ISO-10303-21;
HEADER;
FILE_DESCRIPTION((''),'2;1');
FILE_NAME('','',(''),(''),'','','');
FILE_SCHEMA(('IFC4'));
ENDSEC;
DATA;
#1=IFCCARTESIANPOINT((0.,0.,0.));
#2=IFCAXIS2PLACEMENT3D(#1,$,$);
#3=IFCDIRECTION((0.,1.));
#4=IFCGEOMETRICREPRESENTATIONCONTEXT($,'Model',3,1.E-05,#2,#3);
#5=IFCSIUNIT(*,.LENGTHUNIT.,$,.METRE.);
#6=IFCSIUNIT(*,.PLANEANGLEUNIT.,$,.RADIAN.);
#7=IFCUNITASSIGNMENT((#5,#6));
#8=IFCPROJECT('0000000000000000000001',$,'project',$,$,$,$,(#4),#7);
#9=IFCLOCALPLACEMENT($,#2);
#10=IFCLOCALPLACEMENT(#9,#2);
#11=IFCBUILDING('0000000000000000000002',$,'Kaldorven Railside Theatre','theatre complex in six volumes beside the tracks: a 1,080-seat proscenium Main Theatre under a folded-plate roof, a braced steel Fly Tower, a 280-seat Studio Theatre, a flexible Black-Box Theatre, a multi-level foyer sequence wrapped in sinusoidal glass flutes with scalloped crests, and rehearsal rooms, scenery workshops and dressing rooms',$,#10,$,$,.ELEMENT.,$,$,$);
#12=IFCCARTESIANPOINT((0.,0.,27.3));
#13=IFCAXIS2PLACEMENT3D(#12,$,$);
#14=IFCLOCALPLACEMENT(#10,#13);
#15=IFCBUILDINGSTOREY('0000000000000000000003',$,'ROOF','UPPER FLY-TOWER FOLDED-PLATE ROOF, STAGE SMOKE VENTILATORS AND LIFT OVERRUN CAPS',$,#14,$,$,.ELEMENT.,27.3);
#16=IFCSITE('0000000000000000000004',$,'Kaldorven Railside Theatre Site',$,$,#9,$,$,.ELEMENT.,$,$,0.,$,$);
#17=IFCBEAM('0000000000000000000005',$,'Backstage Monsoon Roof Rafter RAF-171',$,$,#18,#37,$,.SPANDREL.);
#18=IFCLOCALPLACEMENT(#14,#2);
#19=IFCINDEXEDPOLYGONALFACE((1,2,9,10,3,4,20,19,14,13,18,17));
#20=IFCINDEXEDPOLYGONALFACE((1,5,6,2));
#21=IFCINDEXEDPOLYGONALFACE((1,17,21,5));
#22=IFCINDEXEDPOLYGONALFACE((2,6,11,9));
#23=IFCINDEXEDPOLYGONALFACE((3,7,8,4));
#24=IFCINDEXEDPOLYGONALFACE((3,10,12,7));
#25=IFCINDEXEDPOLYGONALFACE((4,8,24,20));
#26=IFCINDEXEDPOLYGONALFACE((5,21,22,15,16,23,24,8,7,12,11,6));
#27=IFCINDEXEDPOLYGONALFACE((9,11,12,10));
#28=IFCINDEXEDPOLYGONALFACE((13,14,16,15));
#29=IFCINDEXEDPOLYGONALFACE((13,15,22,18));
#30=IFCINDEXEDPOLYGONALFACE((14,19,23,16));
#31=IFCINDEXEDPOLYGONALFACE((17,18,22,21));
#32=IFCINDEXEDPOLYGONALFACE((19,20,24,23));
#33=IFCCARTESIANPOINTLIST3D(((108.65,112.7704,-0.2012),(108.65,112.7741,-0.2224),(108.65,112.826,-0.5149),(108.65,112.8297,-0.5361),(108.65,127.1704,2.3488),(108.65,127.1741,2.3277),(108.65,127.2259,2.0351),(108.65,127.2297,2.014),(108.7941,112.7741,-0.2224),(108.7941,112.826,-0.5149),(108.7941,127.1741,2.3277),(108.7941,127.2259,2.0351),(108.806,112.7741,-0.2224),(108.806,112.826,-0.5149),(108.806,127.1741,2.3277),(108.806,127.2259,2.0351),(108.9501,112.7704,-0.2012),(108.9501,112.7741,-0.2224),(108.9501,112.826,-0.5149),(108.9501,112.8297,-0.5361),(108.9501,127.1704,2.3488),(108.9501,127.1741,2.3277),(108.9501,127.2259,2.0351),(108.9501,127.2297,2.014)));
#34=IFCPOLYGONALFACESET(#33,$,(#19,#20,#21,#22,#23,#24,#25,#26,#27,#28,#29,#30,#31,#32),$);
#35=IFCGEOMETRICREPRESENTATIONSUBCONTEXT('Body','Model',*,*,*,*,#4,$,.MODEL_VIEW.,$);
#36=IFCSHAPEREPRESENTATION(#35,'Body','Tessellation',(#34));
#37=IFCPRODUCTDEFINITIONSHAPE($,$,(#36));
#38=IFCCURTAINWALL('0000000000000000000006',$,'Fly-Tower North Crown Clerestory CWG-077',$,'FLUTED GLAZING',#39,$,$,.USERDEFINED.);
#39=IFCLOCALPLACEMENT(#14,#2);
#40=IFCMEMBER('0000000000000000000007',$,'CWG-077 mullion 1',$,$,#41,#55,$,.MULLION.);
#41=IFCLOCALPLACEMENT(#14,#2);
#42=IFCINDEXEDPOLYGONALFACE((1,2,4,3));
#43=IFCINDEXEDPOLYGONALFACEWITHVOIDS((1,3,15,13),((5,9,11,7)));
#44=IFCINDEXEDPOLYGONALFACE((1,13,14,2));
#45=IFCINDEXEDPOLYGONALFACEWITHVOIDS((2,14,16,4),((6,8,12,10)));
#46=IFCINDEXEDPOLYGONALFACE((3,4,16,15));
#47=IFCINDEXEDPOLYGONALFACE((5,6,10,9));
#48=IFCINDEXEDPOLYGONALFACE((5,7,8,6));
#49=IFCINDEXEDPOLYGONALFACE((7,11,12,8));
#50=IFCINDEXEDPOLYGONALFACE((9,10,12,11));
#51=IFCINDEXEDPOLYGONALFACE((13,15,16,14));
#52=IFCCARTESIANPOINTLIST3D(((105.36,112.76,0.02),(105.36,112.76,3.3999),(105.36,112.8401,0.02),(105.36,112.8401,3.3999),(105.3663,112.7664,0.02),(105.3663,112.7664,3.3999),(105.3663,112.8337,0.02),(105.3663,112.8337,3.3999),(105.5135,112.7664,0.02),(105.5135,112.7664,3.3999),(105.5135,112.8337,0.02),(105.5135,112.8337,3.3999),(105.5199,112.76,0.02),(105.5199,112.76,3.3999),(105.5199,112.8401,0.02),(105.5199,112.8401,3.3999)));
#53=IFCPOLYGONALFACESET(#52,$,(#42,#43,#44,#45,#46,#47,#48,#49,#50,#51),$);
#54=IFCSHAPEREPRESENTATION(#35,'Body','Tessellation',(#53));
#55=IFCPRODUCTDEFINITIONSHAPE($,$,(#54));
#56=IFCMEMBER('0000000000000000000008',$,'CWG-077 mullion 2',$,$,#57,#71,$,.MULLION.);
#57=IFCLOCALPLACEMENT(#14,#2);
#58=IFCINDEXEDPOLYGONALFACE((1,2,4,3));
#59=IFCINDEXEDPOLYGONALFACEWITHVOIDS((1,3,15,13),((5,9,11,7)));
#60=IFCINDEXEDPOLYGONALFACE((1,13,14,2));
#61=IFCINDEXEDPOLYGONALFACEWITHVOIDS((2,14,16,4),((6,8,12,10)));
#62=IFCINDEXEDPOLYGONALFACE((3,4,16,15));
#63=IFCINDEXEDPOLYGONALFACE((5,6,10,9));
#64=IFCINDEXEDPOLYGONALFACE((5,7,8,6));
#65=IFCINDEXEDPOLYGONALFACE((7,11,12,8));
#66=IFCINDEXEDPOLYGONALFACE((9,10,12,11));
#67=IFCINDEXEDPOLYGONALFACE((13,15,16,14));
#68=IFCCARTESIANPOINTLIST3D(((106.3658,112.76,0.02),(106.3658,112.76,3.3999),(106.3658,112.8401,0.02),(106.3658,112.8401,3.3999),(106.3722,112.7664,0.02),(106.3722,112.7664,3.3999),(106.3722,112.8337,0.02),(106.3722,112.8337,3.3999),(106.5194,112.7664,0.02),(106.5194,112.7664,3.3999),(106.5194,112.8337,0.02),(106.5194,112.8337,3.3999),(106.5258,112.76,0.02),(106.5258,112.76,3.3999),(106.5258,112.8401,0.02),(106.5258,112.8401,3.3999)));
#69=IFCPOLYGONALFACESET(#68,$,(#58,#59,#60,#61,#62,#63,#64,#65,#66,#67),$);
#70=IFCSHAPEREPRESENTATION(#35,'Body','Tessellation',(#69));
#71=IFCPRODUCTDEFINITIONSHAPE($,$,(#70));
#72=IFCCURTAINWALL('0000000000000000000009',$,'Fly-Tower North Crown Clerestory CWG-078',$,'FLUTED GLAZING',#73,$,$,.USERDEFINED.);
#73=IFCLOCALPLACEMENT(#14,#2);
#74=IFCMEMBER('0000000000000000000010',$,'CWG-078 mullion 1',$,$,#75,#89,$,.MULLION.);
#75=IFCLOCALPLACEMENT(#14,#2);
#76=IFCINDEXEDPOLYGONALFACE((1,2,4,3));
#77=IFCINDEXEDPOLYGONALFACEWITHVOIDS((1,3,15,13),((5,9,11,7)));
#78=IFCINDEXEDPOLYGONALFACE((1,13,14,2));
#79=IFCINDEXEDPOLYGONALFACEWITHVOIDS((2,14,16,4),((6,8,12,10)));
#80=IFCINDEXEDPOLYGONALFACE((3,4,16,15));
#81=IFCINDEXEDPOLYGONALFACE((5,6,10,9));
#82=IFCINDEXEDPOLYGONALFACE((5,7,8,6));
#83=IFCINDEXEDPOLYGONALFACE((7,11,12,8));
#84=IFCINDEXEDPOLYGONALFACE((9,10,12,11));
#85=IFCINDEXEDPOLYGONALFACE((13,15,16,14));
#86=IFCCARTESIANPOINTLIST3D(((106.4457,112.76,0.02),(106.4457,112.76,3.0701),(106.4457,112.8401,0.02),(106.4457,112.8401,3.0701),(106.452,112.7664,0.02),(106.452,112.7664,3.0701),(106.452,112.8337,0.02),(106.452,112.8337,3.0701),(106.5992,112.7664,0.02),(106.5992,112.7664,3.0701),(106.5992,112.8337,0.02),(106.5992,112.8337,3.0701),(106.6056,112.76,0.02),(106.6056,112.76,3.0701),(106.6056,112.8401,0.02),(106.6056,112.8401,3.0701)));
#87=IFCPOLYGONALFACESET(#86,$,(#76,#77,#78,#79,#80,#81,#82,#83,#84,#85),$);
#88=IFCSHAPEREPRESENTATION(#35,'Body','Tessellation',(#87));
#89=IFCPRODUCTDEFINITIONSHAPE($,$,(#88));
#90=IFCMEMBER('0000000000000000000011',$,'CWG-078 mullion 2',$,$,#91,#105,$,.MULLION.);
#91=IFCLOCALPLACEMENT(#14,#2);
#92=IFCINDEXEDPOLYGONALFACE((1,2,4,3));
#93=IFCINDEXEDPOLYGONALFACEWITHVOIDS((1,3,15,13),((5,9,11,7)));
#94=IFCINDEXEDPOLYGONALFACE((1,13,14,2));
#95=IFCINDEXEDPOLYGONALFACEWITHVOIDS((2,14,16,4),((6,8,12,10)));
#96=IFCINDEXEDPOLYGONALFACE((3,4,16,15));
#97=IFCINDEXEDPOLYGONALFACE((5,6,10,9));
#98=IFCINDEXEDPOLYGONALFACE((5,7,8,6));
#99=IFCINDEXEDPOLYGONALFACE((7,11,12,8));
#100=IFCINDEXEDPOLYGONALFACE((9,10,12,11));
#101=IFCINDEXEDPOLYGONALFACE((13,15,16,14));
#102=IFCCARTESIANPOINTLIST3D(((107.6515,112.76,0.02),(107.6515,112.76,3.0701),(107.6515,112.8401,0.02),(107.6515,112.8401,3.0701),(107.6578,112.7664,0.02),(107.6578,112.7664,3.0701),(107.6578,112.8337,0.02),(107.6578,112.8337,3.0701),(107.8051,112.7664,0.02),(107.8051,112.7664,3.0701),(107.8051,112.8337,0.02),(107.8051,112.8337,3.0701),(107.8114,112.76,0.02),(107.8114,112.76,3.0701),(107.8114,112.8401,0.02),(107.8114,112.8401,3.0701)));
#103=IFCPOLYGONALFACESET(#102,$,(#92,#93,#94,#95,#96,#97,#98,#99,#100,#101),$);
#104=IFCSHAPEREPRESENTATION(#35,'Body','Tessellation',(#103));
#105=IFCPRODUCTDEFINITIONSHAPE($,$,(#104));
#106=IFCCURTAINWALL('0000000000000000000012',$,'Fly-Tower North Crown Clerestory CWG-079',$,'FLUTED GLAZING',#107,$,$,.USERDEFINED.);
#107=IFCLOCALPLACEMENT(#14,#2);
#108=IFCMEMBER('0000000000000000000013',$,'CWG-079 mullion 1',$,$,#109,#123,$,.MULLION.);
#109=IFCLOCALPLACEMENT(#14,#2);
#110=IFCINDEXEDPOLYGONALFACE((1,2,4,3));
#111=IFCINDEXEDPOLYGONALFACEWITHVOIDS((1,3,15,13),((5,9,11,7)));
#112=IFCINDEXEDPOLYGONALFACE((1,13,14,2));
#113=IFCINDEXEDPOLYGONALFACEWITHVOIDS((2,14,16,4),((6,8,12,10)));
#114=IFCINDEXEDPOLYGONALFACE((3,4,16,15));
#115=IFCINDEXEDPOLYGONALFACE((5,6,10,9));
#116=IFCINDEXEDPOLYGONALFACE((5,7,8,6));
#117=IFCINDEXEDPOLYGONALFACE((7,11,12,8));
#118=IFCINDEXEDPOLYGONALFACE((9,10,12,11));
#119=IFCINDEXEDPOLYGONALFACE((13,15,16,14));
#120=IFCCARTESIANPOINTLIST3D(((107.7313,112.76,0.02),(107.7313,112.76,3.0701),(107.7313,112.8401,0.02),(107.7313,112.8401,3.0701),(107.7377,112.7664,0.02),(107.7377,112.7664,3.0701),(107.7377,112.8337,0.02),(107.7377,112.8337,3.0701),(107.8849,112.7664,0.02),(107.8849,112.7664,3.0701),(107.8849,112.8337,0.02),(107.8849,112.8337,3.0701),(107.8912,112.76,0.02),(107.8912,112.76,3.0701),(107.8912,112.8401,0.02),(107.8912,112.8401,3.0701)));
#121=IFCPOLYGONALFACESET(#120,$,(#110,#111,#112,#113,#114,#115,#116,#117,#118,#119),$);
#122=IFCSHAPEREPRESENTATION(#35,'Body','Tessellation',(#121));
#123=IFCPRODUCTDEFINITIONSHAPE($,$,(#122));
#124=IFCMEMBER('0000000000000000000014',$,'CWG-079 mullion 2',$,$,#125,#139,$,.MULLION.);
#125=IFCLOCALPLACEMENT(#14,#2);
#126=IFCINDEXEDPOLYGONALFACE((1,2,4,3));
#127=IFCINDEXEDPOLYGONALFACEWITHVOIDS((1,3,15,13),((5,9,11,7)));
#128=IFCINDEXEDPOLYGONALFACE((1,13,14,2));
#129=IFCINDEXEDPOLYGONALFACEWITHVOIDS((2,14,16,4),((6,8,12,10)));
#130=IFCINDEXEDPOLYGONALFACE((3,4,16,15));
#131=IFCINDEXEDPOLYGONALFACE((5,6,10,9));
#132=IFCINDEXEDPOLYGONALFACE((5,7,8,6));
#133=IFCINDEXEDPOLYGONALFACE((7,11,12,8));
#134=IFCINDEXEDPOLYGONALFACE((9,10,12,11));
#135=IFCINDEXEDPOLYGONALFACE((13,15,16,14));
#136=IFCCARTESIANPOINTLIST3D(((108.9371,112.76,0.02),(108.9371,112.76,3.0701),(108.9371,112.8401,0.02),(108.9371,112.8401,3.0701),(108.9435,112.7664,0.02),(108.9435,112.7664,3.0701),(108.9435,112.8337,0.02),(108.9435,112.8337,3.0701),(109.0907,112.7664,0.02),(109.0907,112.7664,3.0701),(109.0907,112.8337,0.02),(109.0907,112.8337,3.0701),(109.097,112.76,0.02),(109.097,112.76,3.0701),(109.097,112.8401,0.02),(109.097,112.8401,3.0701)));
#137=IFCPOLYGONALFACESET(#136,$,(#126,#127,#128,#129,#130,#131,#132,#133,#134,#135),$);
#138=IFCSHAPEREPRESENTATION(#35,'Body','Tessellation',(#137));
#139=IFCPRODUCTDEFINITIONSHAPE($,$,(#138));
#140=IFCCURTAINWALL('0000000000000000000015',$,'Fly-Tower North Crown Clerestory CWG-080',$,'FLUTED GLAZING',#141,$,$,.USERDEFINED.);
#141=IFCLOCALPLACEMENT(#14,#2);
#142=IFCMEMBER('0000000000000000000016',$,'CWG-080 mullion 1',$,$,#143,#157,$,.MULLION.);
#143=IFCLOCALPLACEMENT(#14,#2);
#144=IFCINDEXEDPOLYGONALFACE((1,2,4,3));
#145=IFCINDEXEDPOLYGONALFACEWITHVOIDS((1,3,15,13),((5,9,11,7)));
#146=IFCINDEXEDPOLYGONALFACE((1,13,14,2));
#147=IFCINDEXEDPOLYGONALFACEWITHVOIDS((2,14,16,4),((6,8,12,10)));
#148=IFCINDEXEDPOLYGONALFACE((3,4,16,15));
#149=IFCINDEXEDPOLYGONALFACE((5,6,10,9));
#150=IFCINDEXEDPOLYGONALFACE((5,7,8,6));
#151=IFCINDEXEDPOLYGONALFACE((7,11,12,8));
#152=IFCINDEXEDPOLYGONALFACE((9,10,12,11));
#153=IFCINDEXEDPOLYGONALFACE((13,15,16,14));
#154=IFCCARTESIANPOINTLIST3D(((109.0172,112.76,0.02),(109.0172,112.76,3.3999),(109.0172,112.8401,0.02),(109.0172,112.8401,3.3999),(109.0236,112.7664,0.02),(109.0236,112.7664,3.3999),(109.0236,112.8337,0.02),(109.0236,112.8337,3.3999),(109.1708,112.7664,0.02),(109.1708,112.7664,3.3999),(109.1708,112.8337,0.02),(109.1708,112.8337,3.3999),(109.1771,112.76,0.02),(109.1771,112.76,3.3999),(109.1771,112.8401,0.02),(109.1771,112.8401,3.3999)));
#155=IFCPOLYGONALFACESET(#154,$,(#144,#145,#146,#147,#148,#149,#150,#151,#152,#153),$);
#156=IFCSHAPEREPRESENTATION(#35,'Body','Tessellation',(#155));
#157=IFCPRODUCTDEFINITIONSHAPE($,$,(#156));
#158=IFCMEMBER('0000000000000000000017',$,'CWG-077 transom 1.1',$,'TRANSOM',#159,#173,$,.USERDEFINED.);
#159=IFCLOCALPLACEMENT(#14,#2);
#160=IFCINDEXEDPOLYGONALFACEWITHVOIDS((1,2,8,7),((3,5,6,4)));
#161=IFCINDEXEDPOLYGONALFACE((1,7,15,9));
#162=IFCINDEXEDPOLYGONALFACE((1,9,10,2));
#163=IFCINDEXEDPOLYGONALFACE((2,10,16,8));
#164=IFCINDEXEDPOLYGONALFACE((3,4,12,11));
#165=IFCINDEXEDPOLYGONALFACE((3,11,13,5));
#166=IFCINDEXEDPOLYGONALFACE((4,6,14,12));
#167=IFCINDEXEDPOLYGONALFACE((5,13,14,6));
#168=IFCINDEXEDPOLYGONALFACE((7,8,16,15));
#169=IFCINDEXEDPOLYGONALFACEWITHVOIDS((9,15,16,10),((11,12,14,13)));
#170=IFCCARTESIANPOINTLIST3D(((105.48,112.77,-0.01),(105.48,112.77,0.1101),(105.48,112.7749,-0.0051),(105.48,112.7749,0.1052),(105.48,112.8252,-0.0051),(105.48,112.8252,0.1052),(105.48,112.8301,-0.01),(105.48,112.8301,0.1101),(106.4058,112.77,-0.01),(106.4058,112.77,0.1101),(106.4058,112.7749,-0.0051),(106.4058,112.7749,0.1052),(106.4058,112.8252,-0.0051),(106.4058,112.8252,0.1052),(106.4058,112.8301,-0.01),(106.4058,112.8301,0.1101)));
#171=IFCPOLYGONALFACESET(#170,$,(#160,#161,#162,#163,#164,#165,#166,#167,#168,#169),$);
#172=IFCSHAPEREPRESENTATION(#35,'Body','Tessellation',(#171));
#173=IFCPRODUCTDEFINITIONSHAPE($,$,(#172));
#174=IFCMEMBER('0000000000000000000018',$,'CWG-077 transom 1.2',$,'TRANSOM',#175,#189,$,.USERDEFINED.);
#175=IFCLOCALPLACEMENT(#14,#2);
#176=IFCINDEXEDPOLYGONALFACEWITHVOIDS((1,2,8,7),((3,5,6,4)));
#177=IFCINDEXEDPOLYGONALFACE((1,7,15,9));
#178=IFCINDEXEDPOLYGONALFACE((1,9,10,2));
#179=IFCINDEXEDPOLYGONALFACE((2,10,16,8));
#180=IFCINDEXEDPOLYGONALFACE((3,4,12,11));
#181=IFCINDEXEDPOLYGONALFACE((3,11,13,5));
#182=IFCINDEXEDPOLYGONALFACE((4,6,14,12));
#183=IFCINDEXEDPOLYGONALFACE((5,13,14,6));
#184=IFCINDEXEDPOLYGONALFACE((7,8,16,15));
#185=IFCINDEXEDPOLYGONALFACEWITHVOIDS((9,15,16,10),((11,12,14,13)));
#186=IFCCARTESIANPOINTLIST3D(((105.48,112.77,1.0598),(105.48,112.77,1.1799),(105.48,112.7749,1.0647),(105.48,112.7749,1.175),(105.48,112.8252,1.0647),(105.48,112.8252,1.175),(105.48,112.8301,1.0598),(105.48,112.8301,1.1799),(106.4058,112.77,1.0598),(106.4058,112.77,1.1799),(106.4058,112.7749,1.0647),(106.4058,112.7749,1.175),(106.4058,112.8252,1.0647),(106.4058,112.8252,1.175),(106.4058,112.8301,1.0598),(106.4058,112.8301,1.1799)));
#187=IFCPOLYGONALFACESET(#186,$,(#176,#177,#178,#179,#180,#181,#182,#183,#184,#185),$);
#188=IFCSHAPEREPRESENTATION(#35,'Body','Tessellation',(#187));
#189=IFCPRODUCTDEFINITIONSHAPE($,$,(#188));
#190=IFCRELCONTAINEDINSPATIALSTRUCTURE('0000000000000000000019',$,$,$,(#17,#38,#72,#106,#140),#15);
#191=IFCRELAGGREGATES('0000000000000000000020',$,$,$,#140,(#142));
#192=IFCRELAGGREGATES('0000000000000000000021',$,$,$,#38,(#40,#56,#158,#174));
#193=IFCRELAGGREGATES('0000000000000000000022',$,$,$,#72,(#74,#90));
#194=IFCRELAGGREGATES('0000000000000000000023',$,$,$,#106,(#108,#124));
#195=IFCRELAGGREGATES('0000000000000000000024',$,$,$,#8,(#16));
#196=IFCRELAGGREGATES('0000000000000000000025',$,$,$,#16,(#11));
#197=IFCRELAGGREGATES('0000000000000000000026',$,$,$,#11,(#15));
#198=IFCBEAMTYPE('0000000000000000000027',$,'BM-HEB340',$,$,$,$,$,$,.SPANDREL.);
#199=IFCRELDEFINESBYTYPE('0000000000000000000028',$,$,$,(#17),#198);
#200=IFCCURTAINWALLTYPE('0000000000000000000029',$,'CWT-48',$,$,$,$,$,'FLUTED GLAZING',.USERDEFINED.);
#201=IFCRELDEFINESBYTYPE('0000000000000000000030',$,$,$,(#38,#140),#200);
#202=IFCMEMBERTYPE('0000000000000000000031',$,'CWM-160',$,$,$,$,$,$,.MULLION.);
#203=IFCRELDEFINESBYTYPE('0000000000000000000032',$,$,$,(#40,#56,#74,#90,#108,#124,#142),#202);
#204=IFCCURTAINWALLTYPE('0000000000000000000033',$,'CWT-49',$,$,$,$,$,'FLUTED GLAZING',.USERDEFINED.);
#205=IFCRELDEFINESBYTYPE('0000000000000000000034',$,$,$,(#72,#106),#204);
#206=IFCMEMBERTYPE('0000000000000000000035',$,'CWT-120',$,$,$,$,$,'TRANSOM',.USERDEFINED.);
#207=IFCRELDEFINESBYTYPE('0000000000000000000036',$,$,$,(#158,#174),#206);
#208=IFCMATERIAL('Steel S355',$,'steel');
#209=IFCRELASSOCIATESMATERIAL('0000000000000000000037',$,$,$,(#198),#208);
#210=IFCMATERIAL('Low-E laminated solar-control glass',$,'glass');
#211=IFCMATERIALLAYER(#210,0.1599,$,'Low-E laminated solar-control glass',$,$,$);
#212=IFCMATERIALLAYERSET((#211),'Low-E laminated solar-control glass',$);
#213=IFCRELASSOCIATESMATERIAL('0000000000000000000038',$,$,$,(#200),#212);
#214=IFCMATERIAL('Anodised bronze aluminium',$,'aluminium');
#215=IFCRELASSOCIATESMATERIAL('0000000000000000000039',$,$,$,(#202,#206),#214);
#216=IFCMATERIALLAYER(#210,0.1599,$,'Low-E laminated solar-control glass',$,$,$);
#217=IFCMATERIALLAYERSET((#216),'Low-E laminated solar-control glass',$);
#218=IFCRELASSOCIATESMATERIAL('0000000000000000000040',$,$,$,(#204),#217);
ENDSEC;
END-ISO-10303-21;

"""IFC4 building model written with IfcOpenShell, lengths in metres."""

from ifc_helpers import new_model, si_unit, direction, frame, origin, origin_2d, place, context, subcontext, project, spatial, hollow_rectangle, i_section, extrude, material, layer, layer_set, material_profile, profile_set, type_object, element, aggregate, save


model = new_model("IFC4")

# Units and contexts
model_context = context("Model", 3, precision=1e-05, world=origin(), true_north=direction((0.0, 1.0)))
body_context = subcontext(model_context, "Body", "Model", "MODEL_VIEW")
ifc_project = project(units=[si_unit("LENGTHUNIT", "METRE"), si_unit("PLANEANGLEUNIT", "RADIAN")], contexts=[model_context])

# Site, building, storey
site_placement = place(None, origin())
site = spatial("IfcSite", under=ifc_project, at=site_placement, Name="Kaldorven Railside Theatre Site", CompositionType="ELEMENT", RefElevation=0.0)
building_placement = place(site_placement, origin())
building = spatial("IfcBuilding", under=site, at=building_placement, Name="Kaldorven Railside Theatre", Description="theatre complex in six volumes beside the tracks: a 1,080-seat proscenium Main Theatre under a folded-plate roof, a braced steel Fly Tower, a 280-seat Studio Theatre, a flexible Black-Box Theatre, a multi-level foyer sequence wrapped in sinusoidal glass flutes with scalloped crests, and rehearsal rooms, scenery workshops and dressing rooms", CompositionType="ELEMENT")
storey_placement = place(building_placement, frame((0.0, 0.0, 27.3)))
storey = spatial("IfcBuildingStorey", under=building, at=storey_placement, Name="ROOF", Description="UPPER FLY-TOWER FOLDED-PLATE ROOF, STAGE SMOKE VENTILATORS AND LIFT OVERRUN CAPS", CompositionType="ELEMENT", Elevation=27.3)

# Beam
ifc_material_1 = material(Name="Steel S355", Category="steel")
ifc_material_profile_1 = material_profile(ifc_material_1, i_section(OverallWidth=0.3, OverallDepth=0.3401, WebThickness=0.012, FlangeThickness=0.0215, at=origin_2d()), Name="HEB 340")
ifc_profile_set_1 = profile_set([ifc_material_profile_1], Name="Steel S355")
beam_type = type_object("IfcBeamType", Name="BM-HEB340", PredefinedType="SPANDREL", material=ifc_profile_set_1)
beam_placement = place(storey_placement, frame((108.8, 112.8, -0.3687), z_axis=(0.0, 0.984679, 0.174375), x_axis=(-1.0, 0.0, 0.0)))
element("IfcBeam", 1, at=beam_placement, inside=storey, type_object=beam_type, Name="Backstage Monsoon Roof Rafter RAF-171", PredefinedType="SPANDREL", context=body_context, shape_type="SweptSolid", body=[
    extrude(i_section(OverallWidth=0.3, OverallDepth=0.3401, WebThickness=0.012, FlangeThickness=0.0215, at=origin_2d()), origin(), (0.0, 0.0, 1.0), 14.624),
])

# Curtain walls, members
ifc_material_2 = material(Name="Low-E laminated solar-control glass", Category="glass")
ifc_layer_1 = layer(ifc_material_2, 0.1599, Name="Low-E laminated solar-control glass")
ifc_layer_set_1 = layer_set([ifc_layer_1], Name="Low-E laminated solar-control glass")
curtain_wall_type_1 = type_object("IfcCurtainWallType", Name="CWT-48", ElementType="FLUTED GLAZING", PredefinedType="USERDEFINED", material=ifc_layer_set_1)
curtain_wall_1_placement = place(storey_placement, origin())
curtain_wall_1 = element("IfcCurtainWall", 2, at=curtain_wall_1_placement, inside=storey, type_object=curtain_wall_type_1, Name="Fly-Tower North Crown Clerestory CWG-077", ObjectType="FLUTED GLAZING", PredefinedType="USERDEFINED")
ifc_material_3 = material(Name="Anodised bronze aluminium", Category="aluminium")
ifc_material_profile_2 = material_profile(ifc_material_3, hollow_rectangle(XDim=0.0801, YDim=0.1599, WallThickness=0.0063, at=origin_2d()), Name="RHS 160x80x6.3")
ifc_profile_set_2 = profile_set([ifc_material_profile_2], Name="Anodised bronze aluminium")
member_type_1 = type_object("IfcMemberType", Name="CWM-160", PredefinedType="MULLION", material=ifc_profile_set_2)
member_1_placement = place(storey_placement, frame((105.4399, 112.8, 0.02), z_axis=(0.0, 0.0, 1.0), x_axis=(0.0, 1.0, 0.0)))
member_1 = element("IfcMember", 3, at=member_1_placement, type_object=member_type_1, Name="CWG-077 mullion 1", PredefinedType="MULLION", context=body_context, shape_type="SweptSolid", body=[
    extrude(hollow_rectangle(XDim=0.0801, YDim=0.1599, WallThickness=0.0063, at=origin_2d()), origin(), (0.0, 0.0, 1.0), 3.3799),
])
member_2_placement = place(storey_placement, frame((106.4458, 112.8, 0.02), z_axis=(0.0, 0.0, 1.0), x_axis=(0.0, 1.0, 0.0)))
member_2 = element("IfcMember", 4, at=member_2_placement, type_object=member_type_1, Name="CWG-077 mullion 2", PredefinedType="MULLION", context=body_context, shape_type="SweptSolid", body=[
    extrude(hollow_rectangle(XDim=0.0801, YDim=0.1599, WallThickness=0.0063, at=origin_2d()), origin(), (0.0, 0.0, 1.0), 3.3799),
])
ifc_layer_2 = layer(ifc_material_2, 0.1599, Name="Low-E laminated solar-control glass")
ifc_layer_set_2 = layer_set([ifc_layer_2], Name="Low-E laminated solar-control glass")
curtain_wall_type_2 = type_object("IfcCurtainWallType", Name="CWT-49", ElementType="FLUTED GLAZING", PredefinedType="USERDEFINED", material=ifc_layer_set_2)
curtain_wall_2_placement = place(storey_placement, origin())
curtain_wall_2 = element("IfcCurtainWall", 5, at=curtain_wall_2_placement, inside=storey, type_object=curtain_wall_type_2, Name="Fly-Tower North Crown Clerestory CWG-078", ObjectType="FLUTED GLAZING", PredefinedType="USERDEFINED")
member_3_placement = place(storey_placement, frame((106.5256, 112.8, 0.02), z_axis=(0.0, 0.0, 1.0), x_axis=(0.0, 1.0, 0.0)))
member_3 = element("IfcMember", 6, at=member_3_placement, type_object=member_type_1, Name="CWG-078 mullion 1", PredefinedType="MULLION", context=body_context, shape_type="SweptSolid", body=[
    extrude(hollow_rectangle(XDim=0.0801, YDim=0.1599, WallThickness=0.0063, at=origin_2d()), origin(), (0.0, 0.0, 1.0), 3.05),
])
member_4_placement = place(storey_placement, frame((107.7314, 112.8, 0.02), z_axis=(0.0, 0.0, 1.0), x_axis=(0.0, 1.0, 0.0)))
member_4 = element("IfcMember", 7, at=member_4_placement, type_object=member_type_1, Name="CWG-078 mullion 2", PredefinedType="MULLION", context=body_context, shape_type="SweptSolid", body=[
    extrude(hollow_rectangle(XDim=0.0801, YDim=0.1599, WallThickness=0.0063, at=origin_2d()), origin(), (0.0, 0.0, 1.0), 3.05),
])
curtain_wall_3_placement = place(storey_placement, origin())
curtain_wall_3 = element("IfcCurtainWall", 8, at=curtain_wall_3_placement, inside=storey, type_object=curtain_wall_type_2, Name="Fly-Tower North Crown Clerestory CWG-079", ObjectType="FLUTED GLAZING", PredefinedType="USERDEFINED")
member_5_placement = place(storey_placement, frame((107.8113, 112.8, 0.02), z_axis=(0.0, 0.0, 1.0), x_axis=(0.0, 1.0, 0.0)))
member_5 = element("IfcMember", 9, at=member_5_placement, type_object=member_type_1, Name="CWG-079 mullion 1", PredefinedType="MULLION", context=body_context, shape_type="SweptSolid", body=[
    extrude(hollow_rectangle(XDim=0.0801, YDim=0.1599, WallThickness=0.0063, at=origin_2d()), origin(), (0.0, 0.0, 1.0), 3.05),
])
member_6_placement = place(storey_placement, frame((109.0171, 112.8, 0.02), z_axis=(0.0, 0.0, 1.0), x_axis=(0.0, 1.0, 0.0)))
member_6 = element("IfcMember", 10, at=member_6_placement, type_object=member_type_1, Name="CWG-079 mullion 2", PredefinedType="MULLION", context=body_context, shape_type="SweptSolid", body=[
    extrude(hollow_rectangle(XDim=0.0801, YDim=0.1599, WallThickness=0.0063, at=origin_2d()), origin(), (0.0, 0.0, 1.0), 3.05),
])

# Curtain wall, member
curtain_wall_4_placement = place(storey_placement, origin())
curtain_wall_4 = element("IfcCurtainWall", 11, at=curtain_wall_4_placement, inside=storey, type_object=curtain_wall_type_1, Name="Fly-Tower North Crown Clerestory CWG-080", ObjectType="FLUTED GLAZING", PredefinedType="USERDEFINED")
member_7_placement = place(storey_placement, frame((109.0972, 112.8, 0.02), z_axis=(0.0, 0.0, 1.0), x_axis=(0.0, 1.0, 0.0)))
member_7 = element("IfcMember", 12, at=member_7_placement, type_object=member_type_1, Name="CWG-080 mullion 1", PredefinedType="MULLION", context=body_context, shape_type="SweptSolid", body=[
    extrude(hollow_rectangle(XDim=0.0801, YDim=0.1599, WallThickness=0.0063, at=origin_2d()), origin(), (0.0, 0.0, 1.0), 3.3799),
])

# Members
ifc_material_profile_3 = material_profile(ifc_material_3, hollow_rectangle(XDim=0.0601, YDim=0.1201, WallThickness=0.0049, at=origin_2d()), Name="RHS 120x60x5")
ifc_profile_set_3 = profile_set([ifc_material_profile_3], Name="Anodised bronze aluminium")
member_type_2 = type_object("IfcMemberType", Name="CWT-120", ElementType="TRANSOM", PredefinedType="USERDEFINED", material=ifc_profile_set_3)
member_8_placement = place(storey_placement, frame((105.48, 112.8, 0.05), z_axis=(1.0, 0.0, 0.0), x_axis=(0.0, 1.0, 0.0)))
member_8 = element("IfcMember", 13, at=member_8_placement, type_object=member_type_2, Name="CWG-077 transom 1.1", ObjectType="TRANSOM", PredefinedType="USERDEFINED", context=body_context, shape_type="SweptSolid", body=[
    extrude(hollow_rectangle(XDim=0.0601, YDim=0.1201, WallThickness=0.0049, at=origin_2d()), origin(), (0.0, 0.0, 1.0), 0.9258),
])
member_9_placement = place(storey_placement, frame((105.48, 112.8, 1.1199), z_axis=(1.0, 0.0, 0.0), x_axis=(0.0, 1.0, 0.0)))
member_9 = element("IfcMember", 14, at=member_9_placement, type_object=member_type_2, Name="CWG-077 transom 1.2", ObjectType="TRANSOM", PredefinedType="USERDEFINED", context=body_context, shape_type="SweptSolid", body=[
    extrude(hollow_rectangle(XDim=0.0601, YDim=0.1201, WallThickness=0.0049, at=origin_2d()), origin(), (0.0, 0.0, 1.0), 0.9258),
])
aggregate(curtain_wall_4, [member_7])

aggregate(curtain_wall_1, [member_1, member_2, member_8, member_9])
aggregate(curtain_wall_2, [member_3, member_4])
aggregate(curtain_wall_3, [member_5, member_6])

save(model, "model.ifc")
